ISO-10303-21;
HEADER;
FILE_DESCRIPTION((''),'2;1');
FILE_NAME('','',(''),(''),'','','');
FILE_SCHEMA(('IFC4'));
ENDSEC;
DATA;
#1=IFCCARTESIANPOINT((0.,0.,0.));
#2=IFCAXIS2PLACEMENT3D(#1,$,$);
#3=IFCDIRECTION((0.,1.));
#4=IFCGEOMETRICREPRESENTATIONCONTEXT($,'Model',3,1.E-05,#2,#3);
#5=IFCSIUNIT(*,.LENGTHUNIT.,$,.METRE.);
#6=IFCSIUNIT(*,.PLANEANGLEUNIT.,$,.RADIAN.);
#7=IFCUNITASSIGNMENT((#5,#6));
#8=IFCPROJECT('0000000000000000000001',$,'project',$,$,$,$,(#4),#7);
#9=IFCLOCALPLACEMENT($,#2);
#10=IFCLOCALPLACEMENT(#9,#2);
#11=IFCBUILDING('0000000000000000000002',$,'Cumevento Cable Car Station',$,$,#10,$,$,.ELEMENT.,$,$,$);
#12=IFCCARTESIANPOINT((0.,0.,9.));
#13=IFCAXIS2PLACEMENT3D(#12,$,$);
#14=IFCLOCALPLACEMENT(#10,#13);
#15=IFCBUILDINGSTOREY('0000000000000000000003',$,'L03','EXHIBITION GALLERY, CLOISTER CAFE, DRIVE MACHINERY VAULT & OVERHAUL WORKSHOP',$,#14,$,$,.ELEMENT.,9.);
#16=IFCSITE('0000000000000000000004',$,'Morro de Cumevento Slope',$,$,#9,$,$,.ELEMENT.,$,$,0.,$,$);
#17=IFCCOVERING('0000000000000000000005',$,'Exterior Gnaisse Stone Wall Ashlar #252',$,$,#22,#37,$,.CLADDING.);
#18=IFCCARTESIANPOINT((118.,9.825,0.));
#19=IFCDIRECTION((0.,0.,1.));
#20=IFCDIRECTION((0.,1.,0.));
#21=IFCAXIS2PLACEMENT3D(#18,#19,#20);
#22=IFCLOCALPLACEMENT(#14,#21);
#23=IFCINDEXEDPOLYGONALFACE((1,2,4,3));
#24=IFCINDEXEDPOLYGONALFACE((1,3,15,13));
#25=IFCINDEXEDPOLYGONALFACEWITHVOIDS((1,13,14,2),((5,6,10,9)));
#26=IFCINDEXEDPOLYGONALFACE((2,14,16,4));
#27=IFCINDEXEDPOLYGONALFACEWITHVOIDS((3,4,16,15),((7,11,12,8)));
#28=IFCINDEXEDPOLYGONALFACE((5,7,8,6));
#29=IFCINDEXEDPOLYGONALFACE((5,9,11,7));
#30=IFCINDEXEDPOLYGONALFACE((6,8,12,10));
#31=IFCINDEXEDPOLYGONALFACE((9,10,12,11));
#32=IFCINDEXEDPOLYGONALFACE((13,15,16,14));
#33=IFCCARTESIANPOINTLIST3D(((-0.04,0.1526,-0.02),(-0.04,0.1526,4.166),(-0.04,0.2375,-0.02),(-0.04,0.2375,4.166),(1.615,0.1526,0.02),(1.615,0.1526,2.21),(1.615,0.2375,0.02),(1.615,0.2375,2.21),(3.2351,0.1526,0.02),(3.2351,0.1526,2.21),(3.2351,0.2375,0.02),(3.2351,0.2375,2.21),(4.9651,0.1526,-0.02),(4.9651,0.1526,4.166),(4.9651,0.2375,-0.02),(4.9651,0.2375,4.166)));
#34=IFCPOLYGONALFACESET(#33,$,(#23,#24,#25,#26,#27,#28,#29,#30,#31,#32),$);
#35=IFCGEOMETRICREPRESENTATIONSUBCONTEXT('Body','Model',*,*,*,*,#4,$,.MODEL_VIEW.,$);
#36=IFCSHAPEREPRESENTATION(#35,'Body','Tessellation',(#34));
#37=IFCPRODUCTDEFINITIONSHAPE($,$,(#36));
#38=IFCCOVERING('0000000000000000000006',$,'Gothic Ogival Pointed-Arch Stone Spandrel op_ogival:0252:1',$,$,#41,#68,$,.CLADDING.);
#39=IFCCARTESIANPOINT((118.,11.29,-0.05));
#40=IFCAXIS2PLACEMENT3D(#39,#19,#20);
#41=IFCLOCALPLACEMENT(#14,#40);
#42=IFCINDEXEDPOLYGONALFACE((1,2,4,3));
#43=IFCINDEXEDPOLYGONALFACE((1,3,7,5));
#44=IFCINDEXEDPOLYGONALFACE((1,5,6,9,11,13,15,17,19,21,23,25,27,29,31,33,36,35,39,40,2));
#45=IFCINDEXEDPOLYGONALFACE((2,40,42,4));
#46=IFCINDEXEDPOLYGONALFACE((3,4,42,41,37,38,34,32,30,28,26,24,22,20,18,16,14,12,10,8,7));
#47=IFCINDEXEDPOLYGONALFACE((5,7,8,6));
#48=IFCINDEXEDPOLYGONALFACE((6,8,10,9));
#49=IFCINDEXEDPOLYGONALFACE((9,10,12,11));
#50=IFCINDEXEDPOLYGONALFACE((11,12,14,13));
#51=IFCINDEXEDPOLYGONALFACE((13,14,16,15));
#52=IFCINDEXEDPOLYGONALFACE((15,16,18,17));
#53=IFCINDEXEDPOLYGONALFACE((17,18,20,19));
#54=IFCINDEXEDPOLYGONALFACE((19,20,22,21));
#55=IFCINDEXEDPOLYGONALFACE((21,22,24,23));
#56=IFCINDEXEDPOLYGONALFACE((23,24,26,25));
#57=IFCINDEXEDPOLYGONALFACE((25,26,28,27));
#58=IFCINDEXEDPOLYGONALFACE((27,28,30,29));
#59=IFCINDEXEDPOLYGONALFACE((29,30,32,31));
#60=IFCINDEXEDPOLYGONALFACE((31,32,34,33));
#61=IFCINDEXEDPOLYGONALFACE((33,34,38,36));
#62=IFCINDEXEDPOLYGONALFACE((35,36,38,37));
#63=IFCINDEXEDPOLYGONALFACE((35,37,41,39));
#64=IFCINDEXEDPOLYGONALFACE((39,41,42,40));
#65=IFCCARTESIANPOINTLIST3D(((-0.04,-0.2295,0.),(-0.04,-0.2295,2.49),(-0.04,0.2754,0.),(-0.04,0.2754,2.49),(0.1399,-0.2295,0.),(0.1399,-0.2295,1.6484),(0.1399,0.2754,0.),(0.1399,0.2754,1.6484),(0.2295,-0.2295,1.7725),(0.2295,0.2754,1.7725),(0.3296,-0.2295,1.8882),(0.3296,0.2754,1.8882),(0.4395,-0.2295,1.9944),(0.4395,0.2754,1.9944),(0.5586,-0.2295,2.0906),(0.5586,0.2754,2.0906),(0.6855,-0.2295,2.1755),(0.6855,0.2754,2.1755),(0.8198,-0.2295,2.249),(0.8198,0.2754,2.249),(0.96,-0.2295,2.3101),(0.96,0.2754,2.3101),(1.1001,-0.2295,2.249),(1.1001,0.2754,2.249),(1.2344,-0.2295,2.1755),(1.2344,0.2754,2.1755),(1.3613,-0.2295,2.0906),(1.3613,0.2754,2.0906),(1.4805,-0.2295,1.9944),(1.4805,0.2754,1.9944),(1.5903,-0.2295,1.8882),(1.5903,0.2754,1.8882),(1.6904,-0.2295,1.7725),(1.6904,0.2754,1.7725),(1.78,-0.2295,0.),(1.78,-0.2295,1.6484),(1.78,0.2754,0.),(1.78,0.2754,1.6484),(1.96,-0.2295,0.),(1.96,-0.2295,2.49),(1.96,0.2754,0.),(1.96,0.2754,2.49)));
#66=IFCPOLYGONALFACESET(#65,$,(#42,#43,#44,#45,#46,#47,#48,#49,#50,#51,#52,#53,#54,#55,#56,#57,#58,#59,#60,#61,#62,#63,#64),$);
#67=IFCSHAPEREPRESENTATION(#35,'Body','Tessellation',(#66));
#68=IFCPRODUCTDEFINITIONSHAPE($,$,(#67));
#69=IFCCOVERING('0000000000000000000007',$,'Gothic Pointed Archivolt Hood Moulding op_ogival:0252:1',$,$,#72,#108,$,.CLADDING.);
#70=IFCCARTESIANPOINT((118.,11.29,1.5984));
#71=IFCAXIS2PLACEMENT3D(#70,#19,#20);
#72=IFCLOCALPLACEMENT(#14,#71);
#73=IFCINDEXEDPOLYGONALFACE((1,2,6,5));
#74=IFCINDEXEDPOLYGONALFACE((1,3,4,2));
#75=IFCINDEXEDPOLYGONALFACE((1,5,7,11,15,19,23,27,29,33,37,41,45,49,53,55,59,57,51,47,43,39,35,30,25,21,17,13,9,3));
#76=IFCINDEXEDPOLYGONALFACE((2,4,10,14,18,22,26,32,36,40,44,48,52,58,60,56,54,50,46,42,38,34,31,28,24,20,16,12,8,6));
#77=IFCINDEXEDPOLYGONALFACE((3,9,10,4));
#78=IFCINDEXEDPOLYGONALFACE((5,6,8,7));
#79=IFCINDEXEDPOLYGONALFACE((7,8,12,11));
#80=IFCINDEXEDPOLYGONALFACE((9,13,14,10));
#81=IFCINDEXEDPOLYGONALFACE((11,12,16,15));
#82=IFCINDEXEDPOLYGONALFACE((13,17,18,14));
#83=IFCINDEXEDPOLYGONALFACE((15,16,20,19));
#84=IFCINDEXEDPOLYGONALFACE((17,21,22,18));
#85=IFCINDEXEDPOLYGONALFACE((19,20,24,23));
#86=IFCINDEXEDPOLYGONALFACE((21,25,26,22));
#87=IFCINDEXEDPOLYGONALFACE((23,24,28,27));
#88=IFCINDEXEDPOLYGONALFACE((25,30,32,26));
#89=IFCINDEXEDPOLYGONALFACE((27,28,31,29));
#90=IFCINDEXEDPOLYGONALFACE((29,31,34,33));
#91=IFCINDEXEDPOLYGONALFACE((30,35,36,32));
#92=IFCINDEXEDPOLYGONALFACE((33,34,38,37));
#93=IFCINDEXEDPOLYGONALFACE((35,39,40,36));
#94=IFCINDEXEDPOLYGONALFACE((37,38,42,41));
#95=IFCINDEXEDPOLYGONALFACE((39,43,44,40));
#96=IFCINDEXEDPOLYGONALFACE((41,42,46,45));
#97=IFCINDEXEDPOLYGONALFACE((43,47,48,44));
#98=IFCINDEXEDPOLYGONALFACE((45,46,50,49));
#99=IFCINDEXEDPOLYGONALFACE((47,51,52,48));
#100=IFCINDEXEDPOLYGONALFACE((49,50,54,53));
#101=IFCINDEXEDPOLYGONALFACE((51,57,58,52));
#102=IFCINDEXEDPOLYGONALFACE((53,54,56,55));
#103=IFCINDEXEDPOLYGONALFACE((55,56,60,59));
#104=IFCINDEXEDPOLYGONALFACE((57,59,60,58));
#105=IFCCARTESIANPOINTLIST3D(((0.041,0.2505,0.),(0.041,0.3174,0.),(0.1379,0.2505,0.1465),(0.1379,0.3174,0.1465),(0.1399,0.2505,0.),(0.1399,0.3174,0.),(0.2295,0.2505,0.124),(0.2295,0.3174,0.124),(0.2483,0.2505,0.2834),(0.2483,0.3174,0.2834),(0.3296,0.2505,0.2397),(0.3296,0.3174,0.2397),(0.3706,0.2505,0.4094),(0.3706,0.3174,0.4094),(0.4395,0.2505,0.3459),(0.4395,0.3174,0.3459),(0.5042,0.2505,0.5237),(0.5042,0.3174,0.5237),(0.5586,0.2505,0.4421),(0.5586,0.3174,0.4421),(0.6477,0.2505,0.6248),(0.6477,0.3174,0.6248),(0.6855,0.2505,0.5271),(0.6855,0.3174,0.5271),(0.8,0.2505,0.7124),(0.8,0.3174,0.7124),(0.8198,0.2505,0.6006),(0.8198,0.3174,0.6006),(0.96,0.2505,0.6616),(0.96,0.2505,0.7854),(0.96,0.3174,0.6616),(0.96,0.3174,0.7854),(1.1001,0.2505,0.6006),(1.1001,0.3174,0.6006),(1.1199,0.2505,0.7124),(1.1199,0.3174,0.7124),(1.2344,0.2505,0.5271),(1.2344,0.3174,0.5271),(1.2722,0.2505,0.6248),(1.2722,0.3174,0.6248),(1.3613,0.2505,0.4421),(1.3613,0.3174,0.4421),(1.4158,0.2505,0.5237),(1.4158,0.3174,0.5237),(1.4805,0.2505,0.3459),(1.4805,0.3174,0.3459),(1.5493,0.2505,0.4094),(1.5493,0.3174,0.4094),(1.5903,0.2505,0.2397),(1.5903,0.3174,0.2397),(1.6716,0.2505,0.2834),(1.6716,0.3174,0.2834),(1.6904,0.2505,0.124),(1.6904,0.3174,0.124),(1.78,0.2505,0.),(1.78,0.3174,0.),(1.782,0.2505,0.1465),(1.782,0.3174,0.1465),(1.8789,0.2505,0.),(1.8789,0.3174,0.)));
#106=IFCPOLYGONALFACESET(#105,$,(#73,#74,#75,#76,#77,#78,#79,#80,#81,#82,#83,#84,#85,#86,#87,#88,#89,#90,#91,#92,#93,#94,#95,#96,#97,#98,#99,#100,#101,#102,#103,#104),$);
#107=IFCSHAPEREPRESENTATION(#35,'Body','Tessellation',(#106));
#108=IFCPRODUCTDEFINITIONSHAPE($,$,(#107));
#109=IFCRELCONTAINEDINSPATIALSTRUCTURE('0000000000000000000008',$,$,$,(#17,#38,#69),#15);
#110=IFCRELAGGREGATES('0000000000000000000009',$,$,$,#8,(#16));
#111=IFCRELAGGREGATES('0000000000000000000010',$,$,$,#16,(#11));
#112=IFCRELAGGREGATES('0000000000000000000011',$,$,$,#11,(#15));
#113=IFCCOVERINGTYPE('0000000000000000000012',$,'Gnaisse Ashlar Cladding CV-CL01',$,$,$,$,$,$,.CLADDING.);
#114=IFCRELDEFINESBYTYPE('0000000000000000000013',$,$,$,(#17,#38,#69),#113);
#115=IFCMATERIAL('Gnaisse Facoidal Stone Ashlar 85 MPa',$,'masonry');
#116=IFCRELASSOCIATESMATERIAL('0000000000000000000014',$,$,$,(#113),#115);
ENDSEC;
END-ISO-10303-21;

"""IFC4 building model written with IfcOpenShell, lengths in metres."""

from ifc_helpers import new_model, si_unit, direction, frame, origin, place, context, subcontext, project, spatial, polyline, outline, extrude, material, type_object, element, save


model = new_model("IFC4")

# Units and contexts
model_context = context("Model", 3, precision=1e-05, world=origin(), true_north=direction((0.0, 1.0)))
body_context = subcontext(model_context, "Body", "Model", "MODEL_VIEW")
ifc_project = project(units=[si_unit("LENGTHUNIT", "METRE"), si_unit("PLANEANGLEUNIT", "RADIAN")], contexts=[model_context])

# Site, building, storey
site_placement = place(None, origin())
site = spatial("IfcSite", under=ifc_project, at=site_placement, Name="Morro de Cumevento Slope", CompositionType="ELEMENT", RefElevation=0.0)
building_placement = place(site_placement, origin())
building = spatial("IfcBuilding", under=site, at=building_placement, Name="Cumevento Cable Car Station", CompositionType="ELEMENT")
storey_placement = place(building_placement, frame((0.0, 0.0, 9.0)))
storey = spatial("IfcBuildingStorey", under=building, at=storey_placement, Name="L03", Description="EXHIBITION GALLERY, CLOISTER CAFE, DRIVE MACHINERY VAULT & OVERHAUL WORKSHOP", CompositionType="ELEMENT", Elevation=9.0)

# Coverings
ifc_material_1 = material(Name="Gnaisse Facoidal Stone Ashlar 85 MPa", Category="masonry")
covering_type = type_object("IfcCoveringType", Name="Gnaisse Ashlar Cladding CV-CL01", PredefinedType="CLADDING", material=ifc_material_1)
covering_1_placement = place(storey_placement, frame((118.0, 9.825, 0.0), z_axis=(0.0, 0.0, 1.0), x_axis=(0.0, 1.0, 0.0)))
element("IfcCovering", 1, at=covering_1_placement, inside=storey, type_object=covering_type, Name="Exterior Gnaisse Stone Wall Ashlar #252", PredefinedType="CLADDING", context=body_context, shape_type="SweptSolid", body=[
    extrude(outline(polyline([(-0.04, -0.02), (4.9651, -0.02), (4.9651, 4.166), (-0.04, 4.166), (-0.04, -0.02)]), holes=[polyline([(1.615, 0.02), (3.2351, 0.02), (3.2351, 2.21), (1.615, 2.21), (1.615, 0.02)])]), frame((0.0, 0.2375, 0.0), z_axis=(0.0, -1.0, 0.0), x_axis=(1.0, 0.0, 0.0)), (0.0, 0.0, 1.0), 0.085),
])
covering_2_placement = place(storey_placement, frame((118.0, 11.29, -0.05), z_axis=(0.0, 0.0, 1.0), x_axis=(0.0, 1.0, 0.0)))
element("IfcCovering", 2, at=covering_2_placement, inside=storey, type_object=covering_type, Name="Gothic Ogival Pointed-Arch Stone Spandrel op_ogival:0252:1", PredefinedType="CLADDING", context=body_context, shape_type="SweptSolid", body=[
    extrude(outline(polyline([(-0.04, 0.0), (-0.04, 2.49), (1.96, 2.49), (1.96, 0.0), (1.78, 0.0), (1.78, 1.6484), (1.6904, 1.7725), (1.5903, 1.8882), (1.4805, 1.9944), (1.3613, 2.0906), (1.2344, 2.1755), (1.1001, 2.249), (0.96, 2.3101), (0.8198, 2.249), (0.6855, 2.1755), (0.5586, 2.0906), (0.4395, 1.9944), (0.3296, 1.8882), (0.2295, 1.7725), (0.1399, 1.6484), (0.1399, 0.0), (-0.04, 0.0)])), frame((0.0, 0.2754, 0.0), z_axis=(0.0, -1.0, 0.0), x_axis=(1.0, 0.0, 0.0)), (0.0, 0.0, 1.0), 0.5049),
])
covering_3_placement = place(storey_placement, frame((118.0, 11.29, 1.5984), z_axis=(0.0, 0.0, 1.0), x_axis=(0.0, 1.0, 0.0)))
element("IfcCovering", 3, at=covering_3_placement, inside=storey, type_object=covering_type, Name="Gothic Pointed Archivolt Hood Moulding op_ogival:0252:1", PredefinedType="CLADDING", context=body_context, shape_type="SweptSolid", body=[
    extrude(outline(polyline([(0.1399, 0.0), (0.2295, 0.124), (0.3296, 0.2397), (0.4395, 0.3459), (0.5586, 0.4421), (0.6855, 0.5271), (0.8198, 0.6006), (0.96, 0.6616), (1.1001, 0.6006), (1.2344, 0.5271), (1.3613, 0.4421), (1.4805, 0.3459), (1.5903, 0.2397), (1.6904, 0.124), (1.78, 0.0), (1.8789, 0.0), (1.782, 0.1465), (1.6716, 0.2834), (1.5493, 0.4094), (1.4158, 0.5237), (1.2722, 0.6248), (1.1199, 0.7124), (0.96, 0.7854), (0.8, 0.7124), (0.6477, 0.6248), (0.5042, 0.5237), (0.3706, 0.4094), (0.2483, 0.2834), (0.1379, 0.1465), (0.041, 0.0), (0.1399, 0.0)])), frame((0.0, 0.3174, 0.0), z_axis=(0.0, -1.0, 0.0), x_axis=(1.0, 0.0, 0.0)), (0.0, 0.0, 1.0), 0.0669),
])

save(model, "model.ifc")
